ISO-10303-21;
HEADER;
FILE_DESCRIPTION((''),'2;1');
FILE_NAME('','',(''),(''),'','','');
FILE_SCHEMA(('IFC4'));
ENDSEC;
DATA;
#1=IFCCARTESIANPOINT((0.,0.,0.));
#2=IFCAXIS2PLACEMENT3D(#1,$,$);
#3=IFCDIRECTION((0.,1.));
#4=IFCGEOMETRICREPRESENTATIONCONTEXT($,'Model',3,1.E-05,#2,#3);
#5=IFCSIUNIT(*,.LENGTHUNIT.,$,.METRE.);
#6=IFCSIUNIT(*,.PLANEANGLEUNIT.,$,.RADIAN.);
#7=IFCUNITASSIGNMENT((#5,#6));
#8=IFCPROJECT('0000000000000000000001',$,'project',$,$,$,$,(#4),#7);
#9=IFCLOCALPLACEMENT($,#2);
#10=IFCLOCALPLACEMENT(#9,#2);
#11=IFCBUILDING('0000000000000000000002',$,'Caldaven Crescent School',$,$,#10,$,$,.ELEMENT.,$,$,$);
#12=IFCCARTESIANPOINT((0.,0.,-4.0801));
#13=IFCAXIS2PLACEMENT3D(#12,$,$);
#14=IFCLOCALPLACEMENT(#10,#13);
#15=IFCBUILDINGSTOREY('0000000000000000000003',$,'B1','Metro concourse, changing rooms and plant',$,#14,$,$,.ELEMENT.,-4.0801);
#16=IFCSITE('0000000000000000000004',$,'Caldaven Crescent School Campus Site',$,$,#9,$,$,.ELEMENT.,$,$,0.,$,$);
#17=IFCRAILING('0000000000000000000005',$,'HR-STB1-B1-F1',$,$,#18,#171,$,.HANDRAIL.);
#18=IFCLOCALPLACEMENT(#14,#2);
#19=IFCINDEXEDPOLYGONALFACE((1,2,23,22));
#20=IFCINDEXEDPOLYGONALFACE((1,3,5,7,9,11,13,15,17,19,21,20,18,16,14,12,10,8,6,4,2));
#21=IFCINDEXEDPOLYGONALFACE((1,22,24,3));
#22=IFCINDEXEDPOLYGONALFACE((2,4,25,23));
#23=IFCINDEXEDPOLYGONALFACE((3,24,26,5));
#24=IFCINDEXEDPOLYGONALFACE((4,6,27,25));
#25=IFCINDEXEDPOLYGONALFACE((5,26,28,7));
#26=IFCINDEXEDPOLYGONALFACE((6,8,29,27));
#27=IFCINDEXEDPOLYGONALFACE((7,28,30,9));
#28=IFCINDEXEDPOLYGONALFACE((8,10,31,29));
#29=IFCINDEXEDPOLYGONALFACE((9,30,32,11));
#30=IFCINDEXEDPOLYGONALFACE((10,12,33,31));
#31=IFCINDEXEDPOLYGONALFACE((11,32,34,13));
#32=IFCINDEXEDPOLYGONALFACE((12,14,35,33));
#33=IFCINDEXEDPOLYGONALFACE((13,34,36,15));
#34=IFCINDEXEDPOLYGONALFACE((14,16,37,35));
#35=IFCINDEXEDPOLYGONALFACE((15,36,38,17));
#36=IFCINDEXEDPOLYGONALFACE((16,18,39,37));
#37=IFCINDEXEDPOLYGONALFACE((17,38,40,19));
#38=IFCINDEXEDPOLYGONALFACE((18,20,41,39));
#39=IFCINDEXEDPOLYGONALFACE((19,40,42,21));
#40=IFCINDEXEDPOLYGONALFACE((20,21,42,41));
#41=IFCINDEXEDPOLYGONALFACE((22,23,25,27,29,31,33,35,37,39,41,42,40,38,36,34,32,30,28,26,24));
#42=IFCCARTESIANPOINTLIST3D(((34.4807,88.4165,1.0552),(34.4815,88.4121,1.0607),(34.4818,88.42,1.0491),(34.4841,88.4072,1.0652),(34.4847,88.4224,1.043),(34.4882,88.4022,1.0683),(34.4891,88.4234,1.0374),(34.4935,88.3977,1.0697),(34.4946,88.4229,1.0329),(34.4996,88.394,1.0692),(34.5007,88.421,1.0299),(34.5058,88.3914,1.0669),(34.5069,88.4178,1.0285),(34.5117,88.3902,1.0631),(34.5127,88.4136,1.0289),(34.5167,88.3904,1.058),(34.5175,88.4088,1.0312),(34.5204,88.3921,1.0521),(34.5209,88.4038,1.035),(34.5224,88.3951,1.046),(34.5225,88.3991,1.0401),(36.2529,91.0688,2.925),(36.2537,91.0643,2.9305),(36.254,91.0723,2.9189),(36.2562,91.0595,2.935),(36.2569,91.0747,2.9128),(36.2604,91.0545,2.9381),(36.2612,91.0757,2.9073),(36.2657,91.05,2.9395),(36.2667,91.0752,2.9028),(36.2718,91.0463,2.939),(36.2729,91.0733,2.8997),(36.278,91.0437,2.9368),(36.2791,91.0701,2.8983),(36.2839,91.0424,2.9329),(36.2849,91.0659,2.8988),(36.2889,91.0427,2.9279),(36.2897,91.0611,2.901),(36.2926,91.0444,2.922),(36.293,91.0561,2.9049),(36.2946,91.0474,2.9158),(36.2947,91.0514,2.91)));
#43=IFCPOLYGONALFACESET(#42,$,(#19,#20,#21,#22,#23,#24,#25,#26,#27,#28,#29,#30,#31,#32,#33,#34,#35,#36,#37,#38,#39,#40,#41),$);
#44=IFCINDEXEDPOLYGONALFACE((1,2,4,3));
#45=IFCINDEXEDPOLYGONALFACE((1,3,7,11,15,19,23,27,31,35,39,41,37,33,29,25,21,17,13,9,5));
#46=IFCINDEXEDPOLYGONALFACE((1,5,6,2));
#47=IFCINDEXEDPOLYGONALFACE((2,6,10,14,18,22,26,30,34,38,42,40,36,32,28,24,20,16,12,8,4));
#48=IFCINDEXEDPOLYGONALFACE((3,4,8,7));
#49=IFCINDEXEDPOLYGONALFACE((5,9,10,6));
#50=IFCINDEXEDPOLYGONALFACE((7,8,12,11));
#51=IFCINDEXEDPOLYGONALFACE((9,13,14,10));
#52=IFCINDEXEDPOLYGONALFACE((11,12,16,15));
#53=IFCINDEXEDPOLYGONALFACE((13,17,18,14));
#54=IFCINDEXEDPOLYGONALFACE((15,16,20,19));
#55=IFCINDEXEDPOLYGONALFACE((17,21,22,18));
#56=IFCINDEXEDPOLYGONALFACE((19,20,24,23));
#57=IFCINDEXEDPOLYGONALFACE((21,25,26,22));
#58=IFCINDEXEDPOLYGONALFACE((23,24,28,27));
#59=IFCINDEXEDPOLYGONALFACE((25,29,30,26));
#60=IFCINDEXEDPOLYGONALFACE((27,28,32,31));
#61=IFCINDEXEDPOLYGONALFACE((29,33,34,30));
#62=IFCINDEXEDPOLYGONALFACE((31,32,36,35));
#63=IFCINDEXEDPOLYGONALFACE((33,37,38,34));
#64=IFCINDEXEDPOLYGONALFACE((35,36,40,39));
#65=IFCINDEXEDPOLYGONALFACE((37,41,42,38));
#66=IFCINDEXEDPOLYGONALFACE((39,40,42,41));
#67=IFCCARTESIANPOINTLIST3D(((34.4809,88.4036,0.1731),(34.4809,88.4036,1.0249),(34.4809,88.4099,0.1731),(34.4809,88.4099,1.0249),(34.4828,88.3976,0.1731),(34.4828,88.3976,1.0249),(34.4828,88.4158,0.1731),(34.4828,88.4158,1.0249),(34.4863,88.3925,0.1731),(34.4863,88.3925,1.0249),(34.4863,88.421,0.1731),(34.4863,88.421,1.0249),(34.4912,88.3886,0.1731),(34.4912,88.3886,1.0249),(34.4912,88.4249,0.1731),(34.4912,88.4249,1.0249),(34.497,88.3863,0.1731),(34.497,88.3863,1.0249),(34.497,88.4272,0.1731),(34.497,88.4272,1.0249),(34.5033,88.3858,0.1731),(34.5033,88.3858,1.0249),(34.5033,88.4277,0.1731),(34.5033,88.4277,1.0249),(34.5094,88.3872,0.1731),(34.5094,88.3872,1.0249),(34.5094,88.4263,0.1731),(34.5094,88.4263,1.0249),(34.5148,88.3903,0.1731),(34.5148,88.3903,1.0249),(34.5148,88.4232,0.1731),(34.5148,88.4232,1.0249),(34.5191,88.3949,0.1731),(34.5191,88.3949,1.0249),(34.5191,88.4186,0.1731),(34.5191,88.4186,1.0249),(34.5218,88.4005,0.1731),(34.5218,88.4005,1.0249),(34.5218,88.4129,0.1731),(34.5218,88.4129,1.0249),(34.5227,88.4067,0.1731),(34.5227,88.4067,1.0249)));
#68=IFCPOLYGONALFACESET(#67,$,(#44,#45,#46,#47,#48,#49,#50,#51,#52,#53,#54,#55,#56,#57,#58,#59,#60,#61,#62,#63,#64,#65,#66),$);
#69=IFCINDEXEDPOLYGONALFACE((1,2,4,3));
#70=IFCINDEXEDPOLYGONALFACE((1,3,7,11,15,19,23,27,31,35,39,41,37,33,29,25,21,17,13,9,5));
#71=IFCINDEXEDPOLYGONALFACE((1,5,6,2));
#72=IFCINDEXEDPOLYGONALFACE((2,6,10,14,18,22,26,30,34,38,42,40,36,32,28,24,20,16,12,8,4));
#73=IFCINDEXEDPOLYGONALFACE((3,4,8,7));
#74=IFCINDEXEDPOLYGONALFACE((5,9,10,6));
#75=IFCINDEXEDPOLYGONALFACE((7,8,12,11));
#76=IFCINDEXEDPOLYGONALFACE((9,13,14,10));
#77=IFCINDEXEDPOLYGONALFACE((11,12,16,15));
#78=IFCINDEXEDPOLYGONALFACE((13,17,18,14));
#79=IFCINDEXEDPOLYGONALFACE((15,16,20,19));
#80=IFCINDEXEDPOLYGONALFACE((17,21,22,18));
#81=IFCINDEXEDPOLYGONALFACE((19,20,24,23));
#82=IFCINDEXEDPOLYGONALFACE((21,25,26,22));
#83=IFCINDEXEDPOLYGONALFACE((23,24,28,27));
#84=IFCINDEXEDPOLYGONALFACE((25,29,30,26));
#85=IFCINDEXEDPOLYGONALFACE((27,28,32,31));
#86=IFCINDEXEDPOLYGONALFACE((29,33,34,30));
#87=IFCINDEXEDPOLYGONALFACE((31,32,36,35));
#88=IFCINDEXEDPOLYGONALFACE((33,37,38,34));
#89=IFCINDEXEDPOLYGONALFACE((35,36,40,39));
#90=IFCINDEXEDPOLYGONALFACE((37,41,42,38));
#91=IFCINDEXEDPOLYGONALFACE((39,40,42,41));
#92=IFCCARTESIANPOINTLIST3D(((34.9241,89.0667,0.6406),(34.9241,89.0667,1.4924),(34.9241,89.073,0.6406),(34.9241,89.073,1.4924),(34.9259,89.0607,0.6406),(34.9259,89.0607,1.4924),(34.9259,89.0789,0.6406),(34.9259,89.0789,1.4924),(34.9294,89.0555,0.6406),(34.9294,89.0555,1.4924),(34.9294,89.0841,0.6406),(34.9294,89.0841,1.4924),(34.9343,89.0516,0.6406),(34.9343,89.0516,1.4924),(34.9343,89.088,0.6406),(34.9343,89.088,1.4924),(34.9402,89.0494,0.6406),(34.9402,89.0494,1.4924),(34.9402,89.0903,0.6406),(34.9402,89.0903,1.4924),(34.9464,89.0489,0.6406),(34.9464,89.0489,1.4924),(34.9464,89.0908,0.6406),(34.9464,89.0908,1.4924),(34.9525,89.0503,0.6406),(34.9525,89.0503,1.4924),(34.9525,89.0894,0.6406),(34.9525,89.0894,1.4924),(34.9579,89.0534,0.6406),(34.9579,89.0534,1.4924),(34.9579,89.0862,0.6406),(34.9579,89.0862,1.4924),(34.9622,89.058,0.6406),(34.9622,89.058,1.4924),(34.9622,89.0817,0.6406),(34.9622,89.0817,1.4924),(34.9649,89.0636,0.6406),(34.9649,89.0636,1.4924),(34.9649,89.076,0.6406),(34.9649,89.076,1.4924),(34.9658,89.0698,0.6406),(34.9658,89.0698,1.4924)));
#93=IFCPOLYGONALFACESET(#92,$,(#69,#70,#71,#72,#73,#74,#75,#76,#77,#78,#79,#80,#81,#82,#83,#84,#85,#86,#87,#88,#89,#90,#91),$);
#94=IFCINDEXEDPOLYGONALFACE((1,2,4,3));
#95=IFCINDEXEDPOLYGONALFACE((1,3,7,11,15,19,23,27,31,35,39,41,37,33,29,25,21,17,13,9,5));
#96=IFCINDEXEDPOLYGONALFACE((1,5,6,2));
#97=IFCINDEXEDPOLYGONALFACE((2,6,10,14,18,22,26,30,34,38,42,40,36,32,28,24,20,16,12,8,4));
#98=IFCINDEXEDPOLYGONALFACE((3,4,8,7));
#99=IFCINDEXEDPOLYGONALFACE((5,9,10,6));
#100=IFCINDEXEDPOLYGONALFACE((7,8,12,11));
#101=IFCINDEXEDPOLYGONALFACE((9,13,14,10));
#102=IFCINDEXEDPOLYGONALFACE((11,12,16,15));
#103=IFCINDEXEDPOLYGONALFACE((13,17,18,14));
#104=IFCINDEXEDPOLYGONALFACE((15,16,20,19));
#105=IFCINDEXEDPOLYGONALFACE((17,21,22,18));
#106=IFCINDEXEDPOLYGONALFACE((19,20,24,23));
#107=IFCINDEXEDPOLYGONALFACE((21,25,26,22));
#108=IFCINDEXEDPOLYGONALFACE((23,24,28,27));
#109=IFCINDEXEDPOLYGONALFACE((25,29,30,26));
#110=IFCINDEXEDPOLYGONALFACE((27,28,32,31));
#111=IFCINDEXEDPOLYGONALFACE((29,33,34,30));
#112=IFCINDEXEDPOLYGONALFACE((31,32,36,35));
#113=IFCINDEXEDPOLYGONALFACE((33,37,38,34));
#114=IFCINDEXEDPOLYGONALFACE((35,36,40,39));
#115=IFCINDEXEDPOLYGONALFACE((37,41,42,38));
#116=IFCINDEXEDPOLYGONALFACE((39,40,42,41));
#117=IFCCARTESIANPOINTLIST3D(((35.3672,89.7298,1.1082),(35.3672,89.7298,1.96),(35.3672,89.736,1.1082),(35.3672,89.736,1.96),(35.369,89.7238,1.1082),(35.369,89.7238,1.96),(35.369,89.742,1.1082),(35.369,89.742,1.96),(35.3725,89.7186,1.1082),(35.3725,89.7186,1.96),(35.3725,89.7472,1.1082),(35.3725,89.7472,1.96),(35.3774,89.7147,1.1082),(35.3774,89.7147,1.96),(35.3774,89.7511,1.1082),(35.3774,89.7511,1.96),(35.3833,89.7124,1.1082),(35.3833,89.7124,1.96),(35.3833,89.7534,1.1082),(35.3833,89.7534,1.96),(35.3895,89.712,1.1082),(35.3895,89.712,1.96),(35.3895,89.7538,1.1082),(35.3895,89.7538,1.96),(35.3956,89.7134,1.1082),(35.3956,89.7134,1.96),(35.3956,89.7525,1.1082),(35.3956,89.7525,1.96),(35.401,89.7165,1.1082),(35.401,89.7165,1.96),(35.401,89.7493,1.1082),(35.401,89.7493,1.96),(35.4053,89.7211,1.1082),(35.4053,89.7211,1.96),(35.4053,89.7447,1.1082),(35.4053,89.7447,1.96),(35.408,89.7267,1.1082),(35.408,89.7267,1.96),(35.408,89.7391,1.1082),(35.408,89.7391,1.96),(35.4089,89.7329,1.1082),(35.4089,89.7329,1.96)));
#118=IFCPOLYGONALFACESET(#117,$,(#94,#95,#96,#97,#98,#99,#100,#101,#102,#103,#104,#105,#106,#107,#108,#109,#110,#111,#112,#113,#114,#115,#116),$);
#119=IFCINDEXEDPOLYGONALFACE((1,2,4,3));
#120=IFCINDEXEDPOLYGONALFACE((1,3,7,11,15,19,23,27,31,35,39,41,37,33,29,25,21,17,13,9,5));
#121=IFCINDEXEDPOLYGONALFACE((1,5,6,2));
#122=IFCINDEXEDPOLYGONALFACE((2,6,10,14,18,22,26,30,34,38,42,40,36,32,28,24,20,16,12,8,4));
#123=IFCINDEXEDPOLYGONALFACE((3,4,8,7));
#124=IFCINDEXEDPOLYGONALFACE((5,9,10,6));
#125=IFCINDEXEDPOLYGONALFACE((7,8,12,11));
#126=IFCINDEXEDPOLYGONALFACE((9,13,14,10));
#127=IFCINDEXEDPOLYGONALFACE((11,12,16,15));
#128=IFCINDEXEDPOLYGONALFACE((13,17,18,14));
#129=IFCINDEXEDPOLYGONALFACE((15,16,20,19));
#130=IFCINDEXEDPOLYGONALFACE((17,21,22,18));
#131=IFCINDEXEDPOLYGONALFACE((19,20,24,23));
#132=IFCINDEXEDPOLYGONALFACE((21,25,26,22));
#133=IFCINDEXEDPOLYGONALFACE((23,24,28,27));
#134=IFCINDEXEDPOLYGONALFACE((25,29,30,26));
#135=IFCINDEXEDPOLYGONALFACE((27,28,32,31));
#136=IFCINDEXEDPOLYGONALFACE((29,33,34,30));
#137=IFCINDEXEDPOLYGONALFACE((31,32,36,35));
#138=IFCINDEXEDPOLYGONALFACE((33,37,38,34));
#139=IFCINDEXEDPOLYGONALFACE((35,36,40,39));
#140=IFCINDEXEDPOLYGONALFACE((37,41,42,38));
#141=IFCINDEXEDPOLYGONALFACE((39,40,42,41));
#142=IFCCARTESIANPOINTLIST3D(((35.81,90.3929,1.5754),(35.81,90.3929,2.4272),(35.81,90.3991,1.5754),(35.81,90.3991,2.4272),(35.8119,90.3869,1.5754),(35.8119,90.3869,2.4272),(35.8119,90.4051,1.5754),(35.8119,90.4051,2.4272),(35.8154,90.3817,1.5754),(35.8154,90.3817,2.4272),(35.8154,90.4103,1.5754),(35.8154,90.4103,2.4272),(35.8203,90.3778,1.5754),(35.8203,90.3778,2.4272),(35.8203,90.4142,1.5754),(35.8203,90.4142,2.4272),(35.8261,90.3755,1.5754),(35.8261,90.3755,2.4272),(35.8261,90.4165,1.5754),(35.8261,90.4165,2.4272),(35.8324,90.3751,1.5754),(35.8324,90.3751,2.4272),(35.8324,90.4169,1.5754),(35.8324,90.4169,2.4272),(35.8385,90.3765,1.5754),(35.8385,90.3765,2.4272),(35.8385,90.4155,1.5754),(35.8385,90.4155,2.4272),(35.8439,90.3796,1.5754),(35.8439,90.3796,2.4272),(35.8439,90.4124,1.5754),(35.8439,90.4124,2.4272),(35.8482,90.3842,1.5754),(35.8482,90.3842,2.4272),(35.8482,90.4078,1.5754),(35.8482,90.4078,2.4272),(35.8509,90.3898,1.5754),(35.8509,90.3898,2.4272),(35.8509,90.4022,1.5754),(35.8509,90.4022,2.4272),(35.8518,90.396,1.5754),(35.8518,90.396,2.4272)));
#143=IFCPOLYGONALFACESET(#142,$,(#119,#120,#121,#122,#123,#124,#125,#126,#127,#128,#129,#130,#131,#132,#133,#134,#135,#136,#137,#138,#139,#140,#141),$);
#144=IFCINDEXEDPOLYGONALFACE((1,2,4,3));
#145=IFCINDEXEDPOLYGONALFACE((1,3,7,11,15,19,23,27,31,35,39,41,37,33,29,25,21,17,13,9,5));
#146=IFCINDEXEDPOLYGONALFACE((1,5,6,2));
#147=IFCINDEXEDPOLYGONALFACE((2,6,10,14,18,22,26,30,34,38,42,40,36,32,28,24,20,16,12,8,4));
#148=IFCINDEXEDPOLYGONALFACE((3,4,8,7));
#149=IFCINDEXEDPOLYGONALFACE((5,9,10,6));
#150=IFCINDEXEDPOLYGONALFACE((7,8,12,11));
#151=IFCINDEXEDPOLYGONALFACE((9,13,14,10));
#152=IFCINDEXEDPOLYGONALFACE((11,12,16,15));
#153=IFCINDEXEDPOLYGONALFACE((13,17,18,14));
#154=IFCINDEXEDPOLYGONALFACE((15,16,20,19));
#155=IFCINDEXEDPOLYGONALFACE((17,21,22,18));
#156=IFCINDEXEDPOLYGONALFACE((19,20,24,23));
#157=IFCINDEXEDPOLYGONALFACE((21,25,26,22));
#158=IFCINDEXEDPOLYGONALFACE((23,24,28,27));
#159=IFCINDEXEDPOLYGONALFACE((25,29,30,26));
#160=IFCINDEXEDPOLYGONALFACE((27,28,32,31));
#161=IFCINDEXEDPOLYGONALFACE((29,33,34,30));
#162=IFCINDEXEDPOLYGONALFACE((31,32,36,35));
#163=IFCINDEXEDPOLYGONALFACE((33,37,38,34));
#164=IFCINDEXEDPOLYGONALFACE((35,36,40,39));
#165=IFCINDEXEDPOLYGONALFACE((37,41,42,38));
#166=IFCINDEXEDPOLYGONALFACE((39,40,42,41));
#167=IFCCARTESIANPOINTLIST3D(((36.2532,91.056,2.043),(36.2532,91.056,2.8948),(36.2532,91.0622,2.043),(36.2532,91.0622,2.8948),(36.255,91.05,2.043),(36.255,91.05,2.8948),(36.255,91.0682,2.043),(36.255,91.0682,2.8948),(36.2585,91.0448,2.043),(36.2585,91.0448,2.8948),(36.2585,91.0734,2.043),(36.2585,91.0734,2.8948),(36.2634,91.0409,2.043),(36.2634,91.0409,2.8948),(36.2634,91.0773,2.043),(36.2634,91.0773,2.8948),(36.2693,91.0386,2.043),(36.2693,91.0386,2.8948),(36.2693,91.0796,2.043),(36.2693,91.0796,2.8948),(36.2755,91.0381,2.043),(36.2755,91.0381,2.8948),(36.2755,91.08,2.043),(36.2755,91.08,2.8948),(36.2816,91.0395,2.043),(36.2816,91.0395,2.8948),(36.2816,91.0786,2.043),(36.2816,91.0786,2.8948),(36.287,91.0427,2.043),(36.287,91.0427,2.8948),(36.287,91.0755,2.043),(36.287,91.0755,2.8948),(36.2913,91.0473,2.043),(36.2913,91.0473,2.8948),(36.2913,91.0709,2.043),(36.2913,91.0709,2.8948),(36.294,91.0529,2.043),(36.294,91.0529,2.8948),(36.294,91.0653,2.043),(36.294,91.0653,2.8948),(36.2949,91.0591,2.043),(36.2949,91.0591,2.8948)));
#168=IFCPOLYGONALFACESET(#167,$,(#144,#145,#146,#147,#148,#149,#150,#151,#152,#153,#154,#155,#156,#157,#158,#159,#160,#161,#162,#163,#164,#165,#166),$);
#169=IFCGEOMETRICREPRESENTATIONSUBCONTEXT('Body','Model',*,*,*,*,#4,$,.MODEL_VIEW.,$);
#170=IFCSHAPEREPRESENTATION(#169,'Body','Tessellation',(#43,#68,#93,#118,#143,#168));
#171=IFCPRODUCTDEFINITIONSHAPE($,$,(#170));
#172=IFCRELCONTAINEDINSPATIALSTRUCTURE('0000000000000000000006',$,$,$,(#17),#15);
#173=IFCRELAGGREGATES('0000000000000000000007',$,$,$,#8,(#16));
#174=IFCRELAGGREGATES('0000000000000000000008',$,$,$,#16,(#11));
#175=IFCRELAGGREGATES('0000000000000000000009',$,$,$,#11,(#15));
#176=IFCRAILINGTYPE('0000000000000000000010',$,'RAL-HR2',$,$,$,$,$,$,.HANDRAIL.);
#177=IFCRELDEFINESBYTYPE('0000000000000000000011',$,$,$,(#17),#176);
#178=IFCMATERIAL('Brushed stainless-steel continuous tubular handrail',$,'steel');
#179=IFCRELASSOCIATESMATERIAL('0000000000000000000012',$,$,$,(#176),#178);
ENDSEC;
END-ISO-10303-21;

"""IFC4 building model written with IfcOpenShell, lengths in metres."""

from ifc_helpers import new_model, si_unit, direction, frame, origin, origin_2d, place, context, subcontext, project, spatial, circle, extrude, material, type_object, element, save


model = new_model("IFC4")

# Units and contexts
model_context = context("Model", 3, precision=1e-05, world=origin(), true_north=direction((0.0, 1.0)))
body_context = subcontext(model_context, "Body", "Model", "MODEL_VIEW")
ifc_project = project(units=[si_unit("LENGTHUNIT", "METRE"), si_unit("PLANEANGLEUNIT", "RADIAN")], contexts=[model_context])

# Site, building, storey
site_placement = place(None, origin())
site = spatial("IfcSite", under=ifc_project, at=site_placement, Name="Caldaven Crescent School Campus Site", CompositionType="ELEMENT", RefElevation=0.0)
building_placement = place(site_placement, origin())
building = spatial("IfcBuilding", under=site, at=building_placement, Name="Caldaven Crescent School", CompositionType="ELEMENT")
storey_placement = place(building_placement, frame((0.0, 0.0, -4.0801)))
storey = spatial("IfcBuildingStorey", under=building, at=storey_placement, Name="B1", Description="Metro concourse, changing rooms and plant", CompositionType="ELEMENT", Elevation=-4.0801)

# Railing
ifc_material_1 = material(Name="Brushed stainless-steel continuous tubular handrail", Category="steel")
railing_type_1 = type_object("IfcRailingType", Name="RAL-HR2", PredefinedType="HANDRAIL", material=ifc_material_1)
railing_1_placement = place(storey_placement, frame((34.5017, 88.4067, 0.1731)))
element("IfcRailing", 1, at=railing_1_placement, inside=storey, type_object=railing_type_1, Name="HR-STB1-B1-F1", PredefinedType="HANDRAIL", context=body_context, shape_type="SweptSolid", body=[
    extrude(circle(Radius=0.0239, at=origin_2d()), frame((0.0, 0.0, 0.876), z_axis=(0.479291, 0.717319, 0.505702), x_axis=(-0.831473, 0.555565, 0.0)), (0.0, 0.0, 1.0), 3.6975),
    extrude(circle(Radius=0.021, at=origin_2d()), origin(), (0.0, 0.0, 1.0), 0.8518),
    extrude(circle(Radius=0.021, at=origin_2d()), frame((0.4431, 0.6631, 0.4675)), (0.0, 0.0, 1.0), 0.8518),
    extrude(circle(Radius=0.021, at=origin_2d()), frame((0.8862, 1.3262, 0.9351)), (0.0, 0.0, 1.0), 0.8518),
    extrude(circle(Radius=0.021, at=origin_2d()), frame((1.3291, 1.9893, 1.4023)), (0.0, 0.0, 1.0), 0.8518),
    extrude(circle(Radius=0.021, at=origin_2d()), frame((1.7722, 2.6523, 1.8699)), (0.0, 0.0, 1.0), 0.8518),
])

save(model, "model.ifc")
